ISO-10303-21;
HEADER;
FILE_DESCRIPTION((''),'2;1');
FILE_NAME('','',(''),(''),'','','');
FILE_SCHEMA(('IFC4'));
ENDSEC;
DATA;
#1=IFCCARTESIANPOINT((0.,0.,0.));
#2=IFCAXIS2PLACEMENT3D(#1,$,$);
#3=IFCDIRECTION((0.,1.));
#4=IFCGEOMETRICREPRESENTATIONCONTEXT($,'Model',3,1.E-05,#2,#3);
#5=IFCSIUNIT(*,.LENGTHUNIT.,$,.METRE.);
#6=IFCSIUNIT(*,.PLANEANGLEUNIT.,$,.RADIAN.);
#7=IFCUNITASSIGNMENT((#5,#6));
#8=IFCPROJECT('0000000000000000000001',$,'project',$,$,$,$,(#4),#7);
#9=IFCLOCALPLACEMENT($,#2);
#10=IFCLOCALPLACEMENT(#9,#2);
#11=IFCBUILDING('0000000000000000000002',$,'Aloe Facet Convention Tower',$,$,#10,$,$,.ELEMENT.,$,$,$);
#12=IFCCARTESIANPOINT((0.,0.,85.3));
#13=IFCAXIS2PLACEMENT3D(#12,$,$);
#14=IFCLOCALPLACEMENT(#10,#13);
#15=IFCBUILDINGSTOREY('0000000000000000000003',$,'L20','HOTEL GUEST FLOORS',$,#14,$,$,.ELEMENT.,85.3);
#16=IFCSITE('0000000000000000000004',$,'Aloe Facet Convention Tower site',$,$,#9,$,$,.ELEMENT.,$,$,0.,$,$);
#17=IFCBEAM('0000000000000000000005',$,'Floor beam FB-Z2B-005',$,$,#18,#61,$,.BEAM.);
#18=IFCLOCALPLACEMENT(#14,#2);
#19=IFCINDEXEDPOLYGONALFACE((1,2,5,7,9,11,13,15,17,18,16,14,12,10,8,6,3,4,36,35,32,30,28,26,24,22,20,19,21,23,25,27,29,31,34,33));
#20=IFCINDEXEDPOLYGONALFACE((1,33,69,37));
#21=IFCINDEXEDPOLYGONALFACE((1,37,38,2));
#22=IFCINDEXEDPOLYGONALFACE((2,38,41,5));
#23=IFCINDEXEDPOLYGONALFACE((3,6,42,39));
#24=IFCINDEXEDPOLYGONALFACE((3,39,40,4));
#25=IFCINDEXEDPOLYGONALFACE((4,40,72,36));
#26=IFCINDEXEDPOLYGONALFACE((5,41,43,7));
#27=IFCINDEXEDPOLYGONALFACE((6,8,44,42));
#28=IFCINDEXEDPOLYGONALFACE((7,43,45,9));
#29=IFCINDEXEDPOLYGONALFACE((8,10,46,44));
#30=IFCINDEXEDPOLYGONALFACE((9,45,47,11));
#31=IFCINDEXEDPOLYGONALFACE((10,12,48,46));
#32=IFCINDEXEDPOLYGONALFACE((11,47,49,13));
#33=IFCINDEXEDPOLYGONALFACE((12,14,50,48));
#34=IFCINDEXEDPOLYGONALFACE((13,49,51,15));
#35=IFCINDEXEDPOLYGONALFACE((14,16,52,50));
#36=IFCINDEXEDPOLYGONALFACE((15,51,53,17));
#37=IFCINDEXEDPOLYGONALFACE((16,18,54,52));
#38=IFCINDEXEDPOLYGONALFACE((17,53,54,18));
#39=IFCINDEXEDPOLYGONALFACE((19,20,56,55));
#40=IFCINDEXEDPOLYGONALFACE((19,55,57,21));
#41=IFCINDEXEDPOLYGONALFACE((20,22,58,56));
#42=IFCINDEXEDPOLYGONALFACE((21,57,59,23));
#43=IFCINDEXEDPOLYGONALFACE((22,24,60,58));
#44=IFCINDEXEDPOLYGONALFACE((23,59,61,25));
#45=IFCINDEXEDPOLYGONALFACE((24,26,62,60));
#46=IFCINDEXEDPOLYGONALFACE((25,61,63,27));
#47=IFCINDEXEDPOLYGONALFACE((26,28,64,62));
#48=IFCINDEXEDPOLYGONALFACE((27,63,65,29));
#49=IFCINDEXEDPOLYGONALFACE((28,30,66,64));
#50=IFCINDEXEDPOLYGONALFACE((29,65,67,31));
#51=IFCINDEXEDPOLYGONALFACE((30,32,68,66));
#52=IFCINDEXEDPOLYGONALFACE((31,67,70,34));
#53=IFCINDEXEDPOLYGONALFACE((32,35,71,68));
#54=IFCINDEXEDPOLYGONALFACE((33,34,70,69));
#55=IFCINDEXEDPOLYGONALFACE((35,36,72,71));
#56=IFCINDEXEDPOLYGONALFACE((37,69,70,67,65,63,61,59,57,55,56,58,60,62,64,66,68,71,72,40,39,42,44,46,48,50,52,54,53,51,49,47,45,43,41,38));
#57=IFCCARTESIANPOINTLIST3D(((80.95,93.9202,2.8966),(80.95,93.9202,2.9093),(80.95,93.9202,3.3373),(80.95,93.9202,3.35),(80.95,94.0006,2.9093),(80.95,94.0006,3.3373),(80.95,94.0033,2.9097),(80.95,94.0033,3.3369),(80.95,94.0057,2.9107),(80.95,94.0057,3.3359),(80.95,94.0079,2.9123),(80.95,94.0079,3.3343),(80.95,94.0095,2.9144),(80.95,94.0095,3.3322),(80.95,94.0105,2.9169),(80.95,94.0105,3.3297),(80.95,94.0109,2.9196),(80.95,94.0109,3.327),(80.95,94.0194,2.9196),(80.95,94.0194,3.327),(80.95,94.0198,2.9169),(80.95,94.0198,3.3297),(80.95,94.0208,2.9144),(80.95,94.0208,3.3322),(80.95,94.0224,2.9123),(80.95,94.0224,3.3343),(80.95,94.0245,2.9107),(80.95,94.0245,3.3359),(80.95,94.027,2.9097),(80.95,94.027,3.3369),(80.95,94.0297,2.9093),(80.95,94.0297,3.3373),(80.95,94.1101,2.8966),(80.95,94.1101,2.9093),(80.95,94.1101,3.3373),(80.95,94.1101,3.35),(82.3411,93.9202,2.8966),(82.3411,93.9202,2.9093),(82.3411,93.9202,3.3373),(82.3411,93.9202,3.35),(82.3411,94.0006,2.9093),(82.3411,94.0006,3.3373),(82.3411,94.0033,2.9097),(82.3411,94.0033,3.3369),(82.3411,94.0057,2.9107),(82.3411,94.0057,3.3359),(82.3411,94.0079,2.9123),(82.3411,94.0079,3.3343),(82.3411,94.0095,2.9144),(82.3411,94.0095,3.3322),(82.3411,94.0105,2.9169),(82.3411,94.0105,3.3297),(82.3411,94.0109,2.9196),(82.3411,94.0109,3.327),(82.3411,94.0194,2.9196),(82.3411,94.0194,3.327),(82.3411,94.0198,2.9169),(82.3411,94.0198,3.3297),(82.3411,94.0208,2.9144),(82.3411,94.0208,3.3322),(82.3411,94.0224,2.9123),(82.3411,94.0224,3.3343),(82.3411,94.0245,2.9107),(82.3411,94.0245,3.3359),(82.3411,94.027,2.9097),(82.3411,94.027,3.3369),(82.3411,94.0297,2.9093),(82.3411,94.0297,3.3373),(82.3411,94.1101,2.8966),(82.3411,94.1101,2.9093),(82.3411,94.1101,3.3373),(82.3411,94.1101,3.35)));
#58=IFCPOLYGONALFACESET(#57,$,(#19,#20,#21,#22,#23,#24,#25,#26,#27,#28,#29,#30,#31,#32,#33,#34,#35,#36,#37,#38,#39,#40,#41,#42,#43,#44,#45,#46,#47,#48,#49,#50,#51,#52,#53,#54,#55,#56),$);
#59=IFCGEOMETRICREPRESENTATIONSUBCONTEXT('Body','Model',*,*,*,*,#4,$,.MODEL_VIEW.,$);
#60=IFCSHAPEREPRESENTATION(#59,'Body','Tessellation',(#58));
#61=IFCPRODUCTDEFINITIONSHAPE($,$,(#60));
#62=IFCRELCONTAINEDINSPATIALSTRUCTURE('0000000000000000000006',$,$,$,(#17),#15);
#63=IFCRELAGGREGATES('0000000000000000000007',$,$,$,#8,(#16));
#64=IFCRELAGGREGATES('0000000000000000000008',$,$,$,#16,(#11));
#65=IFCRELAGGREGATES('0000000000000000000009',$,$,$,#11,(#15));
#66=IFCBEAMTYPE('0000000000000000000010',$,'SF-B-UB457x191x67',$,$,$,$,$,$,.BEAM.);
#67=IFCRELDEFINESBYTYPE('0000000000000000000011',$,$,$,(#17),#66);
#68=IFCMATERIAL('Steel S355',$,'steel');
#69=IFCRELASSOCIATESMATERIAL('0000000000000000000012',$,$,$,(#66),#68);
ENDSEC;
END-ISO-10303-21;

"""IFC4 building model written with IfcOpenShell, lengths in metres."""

from ifc_helpers import new_model, si_unit, direction, frame, origin, origin_2d, place, context, subcontext, project, spatial, i_section, extrude, material, material_profile, profile_set, type_object, element, save


model = new_model("IFC4")

# Units and contexts
model_context = context("Model", 3, precision=1e-05, world=origin(), true_north=direction((0.0, 1.0)))
body_context = subcontext(model_context, "Body", "Model", "MODEL_VIEW")
ifc_project = project(units=[si_unit("LENGTHUNIT", "METRE"), si_unit("PLANEANGLEUNIT", "RADIAN")], contexts=[model_context])

# Site, building, storey
site_placement = place(None, origin())
site = spatial("IfcSite", under=ifc_project, at=site_placement, Name="Aloe Facet Convention Tower site", CompositionType="ELEMENT", RefElevation=0.0)
building_placement = place(site_placement, origin())
building = spatial("IfcBuilding", under=site, at=building_placement, Name="Aloe Facet Convention Tower", CompositionType="ELEMENT")
storey_placement = place(building_placement, frame((0.0, 0.0, 85.3)))
storey = spatial("IfcBuildingStorey", under=building, at=storey_placement, Name="L20", Description="HOTEL GUEST FLOORS", CompositionType="ELEMENT", Elevation=85.3)

# Beam
ifc_material_1 = material(Name="Steel S355", Category="steel")
ifc_material_profile_1 = material_profile(ifc_material_1, i_section(OverallWidth=0.1899, OverallDepth=0.4534, WebThickness=0.0085, FlangeThickness=0.0127, FilletRadius=0.0103, at=origin_2d()), Name="UB 457x191x67")
ifc_profile_set_1 = profile_set([ifc_material_profile_1], Name="Steel S355")
beam_type_1 = type_object("IfcBeamType", Name="SF-B-UB457x191x67", PredefinedType="BEAM", material=ifc_profile_set_1)
for number, where, z_axis, x_axis, name in (
    (1, (82.3411, 94.0151, 3.1233), (-1.0, 0.0, 0.0), (0.0, -1.0, 0.0), "Floor beam FB-Z2B-005"),
):
    element("IfcBeam", number, at=place(storey_placement, frame(where, z_axis=z_axis, x_axis=x_axis)), inside=storey, type_object=beam_type_1, Name=name, PredefinedType="BEAM", context=body_context, shape_type="SweptSolid", body=[
        extrude(i_section(OverallWidth=0.1899, OverallDepth=0.4534, WebThickness=0.0085, FlangeThickness=0.0127, FilletRadius=0.0103, at=origin_2d()), origin(), (0.0, 0.0, 1.0), 1.3911),
    ])

save(model, "model.ifc")
